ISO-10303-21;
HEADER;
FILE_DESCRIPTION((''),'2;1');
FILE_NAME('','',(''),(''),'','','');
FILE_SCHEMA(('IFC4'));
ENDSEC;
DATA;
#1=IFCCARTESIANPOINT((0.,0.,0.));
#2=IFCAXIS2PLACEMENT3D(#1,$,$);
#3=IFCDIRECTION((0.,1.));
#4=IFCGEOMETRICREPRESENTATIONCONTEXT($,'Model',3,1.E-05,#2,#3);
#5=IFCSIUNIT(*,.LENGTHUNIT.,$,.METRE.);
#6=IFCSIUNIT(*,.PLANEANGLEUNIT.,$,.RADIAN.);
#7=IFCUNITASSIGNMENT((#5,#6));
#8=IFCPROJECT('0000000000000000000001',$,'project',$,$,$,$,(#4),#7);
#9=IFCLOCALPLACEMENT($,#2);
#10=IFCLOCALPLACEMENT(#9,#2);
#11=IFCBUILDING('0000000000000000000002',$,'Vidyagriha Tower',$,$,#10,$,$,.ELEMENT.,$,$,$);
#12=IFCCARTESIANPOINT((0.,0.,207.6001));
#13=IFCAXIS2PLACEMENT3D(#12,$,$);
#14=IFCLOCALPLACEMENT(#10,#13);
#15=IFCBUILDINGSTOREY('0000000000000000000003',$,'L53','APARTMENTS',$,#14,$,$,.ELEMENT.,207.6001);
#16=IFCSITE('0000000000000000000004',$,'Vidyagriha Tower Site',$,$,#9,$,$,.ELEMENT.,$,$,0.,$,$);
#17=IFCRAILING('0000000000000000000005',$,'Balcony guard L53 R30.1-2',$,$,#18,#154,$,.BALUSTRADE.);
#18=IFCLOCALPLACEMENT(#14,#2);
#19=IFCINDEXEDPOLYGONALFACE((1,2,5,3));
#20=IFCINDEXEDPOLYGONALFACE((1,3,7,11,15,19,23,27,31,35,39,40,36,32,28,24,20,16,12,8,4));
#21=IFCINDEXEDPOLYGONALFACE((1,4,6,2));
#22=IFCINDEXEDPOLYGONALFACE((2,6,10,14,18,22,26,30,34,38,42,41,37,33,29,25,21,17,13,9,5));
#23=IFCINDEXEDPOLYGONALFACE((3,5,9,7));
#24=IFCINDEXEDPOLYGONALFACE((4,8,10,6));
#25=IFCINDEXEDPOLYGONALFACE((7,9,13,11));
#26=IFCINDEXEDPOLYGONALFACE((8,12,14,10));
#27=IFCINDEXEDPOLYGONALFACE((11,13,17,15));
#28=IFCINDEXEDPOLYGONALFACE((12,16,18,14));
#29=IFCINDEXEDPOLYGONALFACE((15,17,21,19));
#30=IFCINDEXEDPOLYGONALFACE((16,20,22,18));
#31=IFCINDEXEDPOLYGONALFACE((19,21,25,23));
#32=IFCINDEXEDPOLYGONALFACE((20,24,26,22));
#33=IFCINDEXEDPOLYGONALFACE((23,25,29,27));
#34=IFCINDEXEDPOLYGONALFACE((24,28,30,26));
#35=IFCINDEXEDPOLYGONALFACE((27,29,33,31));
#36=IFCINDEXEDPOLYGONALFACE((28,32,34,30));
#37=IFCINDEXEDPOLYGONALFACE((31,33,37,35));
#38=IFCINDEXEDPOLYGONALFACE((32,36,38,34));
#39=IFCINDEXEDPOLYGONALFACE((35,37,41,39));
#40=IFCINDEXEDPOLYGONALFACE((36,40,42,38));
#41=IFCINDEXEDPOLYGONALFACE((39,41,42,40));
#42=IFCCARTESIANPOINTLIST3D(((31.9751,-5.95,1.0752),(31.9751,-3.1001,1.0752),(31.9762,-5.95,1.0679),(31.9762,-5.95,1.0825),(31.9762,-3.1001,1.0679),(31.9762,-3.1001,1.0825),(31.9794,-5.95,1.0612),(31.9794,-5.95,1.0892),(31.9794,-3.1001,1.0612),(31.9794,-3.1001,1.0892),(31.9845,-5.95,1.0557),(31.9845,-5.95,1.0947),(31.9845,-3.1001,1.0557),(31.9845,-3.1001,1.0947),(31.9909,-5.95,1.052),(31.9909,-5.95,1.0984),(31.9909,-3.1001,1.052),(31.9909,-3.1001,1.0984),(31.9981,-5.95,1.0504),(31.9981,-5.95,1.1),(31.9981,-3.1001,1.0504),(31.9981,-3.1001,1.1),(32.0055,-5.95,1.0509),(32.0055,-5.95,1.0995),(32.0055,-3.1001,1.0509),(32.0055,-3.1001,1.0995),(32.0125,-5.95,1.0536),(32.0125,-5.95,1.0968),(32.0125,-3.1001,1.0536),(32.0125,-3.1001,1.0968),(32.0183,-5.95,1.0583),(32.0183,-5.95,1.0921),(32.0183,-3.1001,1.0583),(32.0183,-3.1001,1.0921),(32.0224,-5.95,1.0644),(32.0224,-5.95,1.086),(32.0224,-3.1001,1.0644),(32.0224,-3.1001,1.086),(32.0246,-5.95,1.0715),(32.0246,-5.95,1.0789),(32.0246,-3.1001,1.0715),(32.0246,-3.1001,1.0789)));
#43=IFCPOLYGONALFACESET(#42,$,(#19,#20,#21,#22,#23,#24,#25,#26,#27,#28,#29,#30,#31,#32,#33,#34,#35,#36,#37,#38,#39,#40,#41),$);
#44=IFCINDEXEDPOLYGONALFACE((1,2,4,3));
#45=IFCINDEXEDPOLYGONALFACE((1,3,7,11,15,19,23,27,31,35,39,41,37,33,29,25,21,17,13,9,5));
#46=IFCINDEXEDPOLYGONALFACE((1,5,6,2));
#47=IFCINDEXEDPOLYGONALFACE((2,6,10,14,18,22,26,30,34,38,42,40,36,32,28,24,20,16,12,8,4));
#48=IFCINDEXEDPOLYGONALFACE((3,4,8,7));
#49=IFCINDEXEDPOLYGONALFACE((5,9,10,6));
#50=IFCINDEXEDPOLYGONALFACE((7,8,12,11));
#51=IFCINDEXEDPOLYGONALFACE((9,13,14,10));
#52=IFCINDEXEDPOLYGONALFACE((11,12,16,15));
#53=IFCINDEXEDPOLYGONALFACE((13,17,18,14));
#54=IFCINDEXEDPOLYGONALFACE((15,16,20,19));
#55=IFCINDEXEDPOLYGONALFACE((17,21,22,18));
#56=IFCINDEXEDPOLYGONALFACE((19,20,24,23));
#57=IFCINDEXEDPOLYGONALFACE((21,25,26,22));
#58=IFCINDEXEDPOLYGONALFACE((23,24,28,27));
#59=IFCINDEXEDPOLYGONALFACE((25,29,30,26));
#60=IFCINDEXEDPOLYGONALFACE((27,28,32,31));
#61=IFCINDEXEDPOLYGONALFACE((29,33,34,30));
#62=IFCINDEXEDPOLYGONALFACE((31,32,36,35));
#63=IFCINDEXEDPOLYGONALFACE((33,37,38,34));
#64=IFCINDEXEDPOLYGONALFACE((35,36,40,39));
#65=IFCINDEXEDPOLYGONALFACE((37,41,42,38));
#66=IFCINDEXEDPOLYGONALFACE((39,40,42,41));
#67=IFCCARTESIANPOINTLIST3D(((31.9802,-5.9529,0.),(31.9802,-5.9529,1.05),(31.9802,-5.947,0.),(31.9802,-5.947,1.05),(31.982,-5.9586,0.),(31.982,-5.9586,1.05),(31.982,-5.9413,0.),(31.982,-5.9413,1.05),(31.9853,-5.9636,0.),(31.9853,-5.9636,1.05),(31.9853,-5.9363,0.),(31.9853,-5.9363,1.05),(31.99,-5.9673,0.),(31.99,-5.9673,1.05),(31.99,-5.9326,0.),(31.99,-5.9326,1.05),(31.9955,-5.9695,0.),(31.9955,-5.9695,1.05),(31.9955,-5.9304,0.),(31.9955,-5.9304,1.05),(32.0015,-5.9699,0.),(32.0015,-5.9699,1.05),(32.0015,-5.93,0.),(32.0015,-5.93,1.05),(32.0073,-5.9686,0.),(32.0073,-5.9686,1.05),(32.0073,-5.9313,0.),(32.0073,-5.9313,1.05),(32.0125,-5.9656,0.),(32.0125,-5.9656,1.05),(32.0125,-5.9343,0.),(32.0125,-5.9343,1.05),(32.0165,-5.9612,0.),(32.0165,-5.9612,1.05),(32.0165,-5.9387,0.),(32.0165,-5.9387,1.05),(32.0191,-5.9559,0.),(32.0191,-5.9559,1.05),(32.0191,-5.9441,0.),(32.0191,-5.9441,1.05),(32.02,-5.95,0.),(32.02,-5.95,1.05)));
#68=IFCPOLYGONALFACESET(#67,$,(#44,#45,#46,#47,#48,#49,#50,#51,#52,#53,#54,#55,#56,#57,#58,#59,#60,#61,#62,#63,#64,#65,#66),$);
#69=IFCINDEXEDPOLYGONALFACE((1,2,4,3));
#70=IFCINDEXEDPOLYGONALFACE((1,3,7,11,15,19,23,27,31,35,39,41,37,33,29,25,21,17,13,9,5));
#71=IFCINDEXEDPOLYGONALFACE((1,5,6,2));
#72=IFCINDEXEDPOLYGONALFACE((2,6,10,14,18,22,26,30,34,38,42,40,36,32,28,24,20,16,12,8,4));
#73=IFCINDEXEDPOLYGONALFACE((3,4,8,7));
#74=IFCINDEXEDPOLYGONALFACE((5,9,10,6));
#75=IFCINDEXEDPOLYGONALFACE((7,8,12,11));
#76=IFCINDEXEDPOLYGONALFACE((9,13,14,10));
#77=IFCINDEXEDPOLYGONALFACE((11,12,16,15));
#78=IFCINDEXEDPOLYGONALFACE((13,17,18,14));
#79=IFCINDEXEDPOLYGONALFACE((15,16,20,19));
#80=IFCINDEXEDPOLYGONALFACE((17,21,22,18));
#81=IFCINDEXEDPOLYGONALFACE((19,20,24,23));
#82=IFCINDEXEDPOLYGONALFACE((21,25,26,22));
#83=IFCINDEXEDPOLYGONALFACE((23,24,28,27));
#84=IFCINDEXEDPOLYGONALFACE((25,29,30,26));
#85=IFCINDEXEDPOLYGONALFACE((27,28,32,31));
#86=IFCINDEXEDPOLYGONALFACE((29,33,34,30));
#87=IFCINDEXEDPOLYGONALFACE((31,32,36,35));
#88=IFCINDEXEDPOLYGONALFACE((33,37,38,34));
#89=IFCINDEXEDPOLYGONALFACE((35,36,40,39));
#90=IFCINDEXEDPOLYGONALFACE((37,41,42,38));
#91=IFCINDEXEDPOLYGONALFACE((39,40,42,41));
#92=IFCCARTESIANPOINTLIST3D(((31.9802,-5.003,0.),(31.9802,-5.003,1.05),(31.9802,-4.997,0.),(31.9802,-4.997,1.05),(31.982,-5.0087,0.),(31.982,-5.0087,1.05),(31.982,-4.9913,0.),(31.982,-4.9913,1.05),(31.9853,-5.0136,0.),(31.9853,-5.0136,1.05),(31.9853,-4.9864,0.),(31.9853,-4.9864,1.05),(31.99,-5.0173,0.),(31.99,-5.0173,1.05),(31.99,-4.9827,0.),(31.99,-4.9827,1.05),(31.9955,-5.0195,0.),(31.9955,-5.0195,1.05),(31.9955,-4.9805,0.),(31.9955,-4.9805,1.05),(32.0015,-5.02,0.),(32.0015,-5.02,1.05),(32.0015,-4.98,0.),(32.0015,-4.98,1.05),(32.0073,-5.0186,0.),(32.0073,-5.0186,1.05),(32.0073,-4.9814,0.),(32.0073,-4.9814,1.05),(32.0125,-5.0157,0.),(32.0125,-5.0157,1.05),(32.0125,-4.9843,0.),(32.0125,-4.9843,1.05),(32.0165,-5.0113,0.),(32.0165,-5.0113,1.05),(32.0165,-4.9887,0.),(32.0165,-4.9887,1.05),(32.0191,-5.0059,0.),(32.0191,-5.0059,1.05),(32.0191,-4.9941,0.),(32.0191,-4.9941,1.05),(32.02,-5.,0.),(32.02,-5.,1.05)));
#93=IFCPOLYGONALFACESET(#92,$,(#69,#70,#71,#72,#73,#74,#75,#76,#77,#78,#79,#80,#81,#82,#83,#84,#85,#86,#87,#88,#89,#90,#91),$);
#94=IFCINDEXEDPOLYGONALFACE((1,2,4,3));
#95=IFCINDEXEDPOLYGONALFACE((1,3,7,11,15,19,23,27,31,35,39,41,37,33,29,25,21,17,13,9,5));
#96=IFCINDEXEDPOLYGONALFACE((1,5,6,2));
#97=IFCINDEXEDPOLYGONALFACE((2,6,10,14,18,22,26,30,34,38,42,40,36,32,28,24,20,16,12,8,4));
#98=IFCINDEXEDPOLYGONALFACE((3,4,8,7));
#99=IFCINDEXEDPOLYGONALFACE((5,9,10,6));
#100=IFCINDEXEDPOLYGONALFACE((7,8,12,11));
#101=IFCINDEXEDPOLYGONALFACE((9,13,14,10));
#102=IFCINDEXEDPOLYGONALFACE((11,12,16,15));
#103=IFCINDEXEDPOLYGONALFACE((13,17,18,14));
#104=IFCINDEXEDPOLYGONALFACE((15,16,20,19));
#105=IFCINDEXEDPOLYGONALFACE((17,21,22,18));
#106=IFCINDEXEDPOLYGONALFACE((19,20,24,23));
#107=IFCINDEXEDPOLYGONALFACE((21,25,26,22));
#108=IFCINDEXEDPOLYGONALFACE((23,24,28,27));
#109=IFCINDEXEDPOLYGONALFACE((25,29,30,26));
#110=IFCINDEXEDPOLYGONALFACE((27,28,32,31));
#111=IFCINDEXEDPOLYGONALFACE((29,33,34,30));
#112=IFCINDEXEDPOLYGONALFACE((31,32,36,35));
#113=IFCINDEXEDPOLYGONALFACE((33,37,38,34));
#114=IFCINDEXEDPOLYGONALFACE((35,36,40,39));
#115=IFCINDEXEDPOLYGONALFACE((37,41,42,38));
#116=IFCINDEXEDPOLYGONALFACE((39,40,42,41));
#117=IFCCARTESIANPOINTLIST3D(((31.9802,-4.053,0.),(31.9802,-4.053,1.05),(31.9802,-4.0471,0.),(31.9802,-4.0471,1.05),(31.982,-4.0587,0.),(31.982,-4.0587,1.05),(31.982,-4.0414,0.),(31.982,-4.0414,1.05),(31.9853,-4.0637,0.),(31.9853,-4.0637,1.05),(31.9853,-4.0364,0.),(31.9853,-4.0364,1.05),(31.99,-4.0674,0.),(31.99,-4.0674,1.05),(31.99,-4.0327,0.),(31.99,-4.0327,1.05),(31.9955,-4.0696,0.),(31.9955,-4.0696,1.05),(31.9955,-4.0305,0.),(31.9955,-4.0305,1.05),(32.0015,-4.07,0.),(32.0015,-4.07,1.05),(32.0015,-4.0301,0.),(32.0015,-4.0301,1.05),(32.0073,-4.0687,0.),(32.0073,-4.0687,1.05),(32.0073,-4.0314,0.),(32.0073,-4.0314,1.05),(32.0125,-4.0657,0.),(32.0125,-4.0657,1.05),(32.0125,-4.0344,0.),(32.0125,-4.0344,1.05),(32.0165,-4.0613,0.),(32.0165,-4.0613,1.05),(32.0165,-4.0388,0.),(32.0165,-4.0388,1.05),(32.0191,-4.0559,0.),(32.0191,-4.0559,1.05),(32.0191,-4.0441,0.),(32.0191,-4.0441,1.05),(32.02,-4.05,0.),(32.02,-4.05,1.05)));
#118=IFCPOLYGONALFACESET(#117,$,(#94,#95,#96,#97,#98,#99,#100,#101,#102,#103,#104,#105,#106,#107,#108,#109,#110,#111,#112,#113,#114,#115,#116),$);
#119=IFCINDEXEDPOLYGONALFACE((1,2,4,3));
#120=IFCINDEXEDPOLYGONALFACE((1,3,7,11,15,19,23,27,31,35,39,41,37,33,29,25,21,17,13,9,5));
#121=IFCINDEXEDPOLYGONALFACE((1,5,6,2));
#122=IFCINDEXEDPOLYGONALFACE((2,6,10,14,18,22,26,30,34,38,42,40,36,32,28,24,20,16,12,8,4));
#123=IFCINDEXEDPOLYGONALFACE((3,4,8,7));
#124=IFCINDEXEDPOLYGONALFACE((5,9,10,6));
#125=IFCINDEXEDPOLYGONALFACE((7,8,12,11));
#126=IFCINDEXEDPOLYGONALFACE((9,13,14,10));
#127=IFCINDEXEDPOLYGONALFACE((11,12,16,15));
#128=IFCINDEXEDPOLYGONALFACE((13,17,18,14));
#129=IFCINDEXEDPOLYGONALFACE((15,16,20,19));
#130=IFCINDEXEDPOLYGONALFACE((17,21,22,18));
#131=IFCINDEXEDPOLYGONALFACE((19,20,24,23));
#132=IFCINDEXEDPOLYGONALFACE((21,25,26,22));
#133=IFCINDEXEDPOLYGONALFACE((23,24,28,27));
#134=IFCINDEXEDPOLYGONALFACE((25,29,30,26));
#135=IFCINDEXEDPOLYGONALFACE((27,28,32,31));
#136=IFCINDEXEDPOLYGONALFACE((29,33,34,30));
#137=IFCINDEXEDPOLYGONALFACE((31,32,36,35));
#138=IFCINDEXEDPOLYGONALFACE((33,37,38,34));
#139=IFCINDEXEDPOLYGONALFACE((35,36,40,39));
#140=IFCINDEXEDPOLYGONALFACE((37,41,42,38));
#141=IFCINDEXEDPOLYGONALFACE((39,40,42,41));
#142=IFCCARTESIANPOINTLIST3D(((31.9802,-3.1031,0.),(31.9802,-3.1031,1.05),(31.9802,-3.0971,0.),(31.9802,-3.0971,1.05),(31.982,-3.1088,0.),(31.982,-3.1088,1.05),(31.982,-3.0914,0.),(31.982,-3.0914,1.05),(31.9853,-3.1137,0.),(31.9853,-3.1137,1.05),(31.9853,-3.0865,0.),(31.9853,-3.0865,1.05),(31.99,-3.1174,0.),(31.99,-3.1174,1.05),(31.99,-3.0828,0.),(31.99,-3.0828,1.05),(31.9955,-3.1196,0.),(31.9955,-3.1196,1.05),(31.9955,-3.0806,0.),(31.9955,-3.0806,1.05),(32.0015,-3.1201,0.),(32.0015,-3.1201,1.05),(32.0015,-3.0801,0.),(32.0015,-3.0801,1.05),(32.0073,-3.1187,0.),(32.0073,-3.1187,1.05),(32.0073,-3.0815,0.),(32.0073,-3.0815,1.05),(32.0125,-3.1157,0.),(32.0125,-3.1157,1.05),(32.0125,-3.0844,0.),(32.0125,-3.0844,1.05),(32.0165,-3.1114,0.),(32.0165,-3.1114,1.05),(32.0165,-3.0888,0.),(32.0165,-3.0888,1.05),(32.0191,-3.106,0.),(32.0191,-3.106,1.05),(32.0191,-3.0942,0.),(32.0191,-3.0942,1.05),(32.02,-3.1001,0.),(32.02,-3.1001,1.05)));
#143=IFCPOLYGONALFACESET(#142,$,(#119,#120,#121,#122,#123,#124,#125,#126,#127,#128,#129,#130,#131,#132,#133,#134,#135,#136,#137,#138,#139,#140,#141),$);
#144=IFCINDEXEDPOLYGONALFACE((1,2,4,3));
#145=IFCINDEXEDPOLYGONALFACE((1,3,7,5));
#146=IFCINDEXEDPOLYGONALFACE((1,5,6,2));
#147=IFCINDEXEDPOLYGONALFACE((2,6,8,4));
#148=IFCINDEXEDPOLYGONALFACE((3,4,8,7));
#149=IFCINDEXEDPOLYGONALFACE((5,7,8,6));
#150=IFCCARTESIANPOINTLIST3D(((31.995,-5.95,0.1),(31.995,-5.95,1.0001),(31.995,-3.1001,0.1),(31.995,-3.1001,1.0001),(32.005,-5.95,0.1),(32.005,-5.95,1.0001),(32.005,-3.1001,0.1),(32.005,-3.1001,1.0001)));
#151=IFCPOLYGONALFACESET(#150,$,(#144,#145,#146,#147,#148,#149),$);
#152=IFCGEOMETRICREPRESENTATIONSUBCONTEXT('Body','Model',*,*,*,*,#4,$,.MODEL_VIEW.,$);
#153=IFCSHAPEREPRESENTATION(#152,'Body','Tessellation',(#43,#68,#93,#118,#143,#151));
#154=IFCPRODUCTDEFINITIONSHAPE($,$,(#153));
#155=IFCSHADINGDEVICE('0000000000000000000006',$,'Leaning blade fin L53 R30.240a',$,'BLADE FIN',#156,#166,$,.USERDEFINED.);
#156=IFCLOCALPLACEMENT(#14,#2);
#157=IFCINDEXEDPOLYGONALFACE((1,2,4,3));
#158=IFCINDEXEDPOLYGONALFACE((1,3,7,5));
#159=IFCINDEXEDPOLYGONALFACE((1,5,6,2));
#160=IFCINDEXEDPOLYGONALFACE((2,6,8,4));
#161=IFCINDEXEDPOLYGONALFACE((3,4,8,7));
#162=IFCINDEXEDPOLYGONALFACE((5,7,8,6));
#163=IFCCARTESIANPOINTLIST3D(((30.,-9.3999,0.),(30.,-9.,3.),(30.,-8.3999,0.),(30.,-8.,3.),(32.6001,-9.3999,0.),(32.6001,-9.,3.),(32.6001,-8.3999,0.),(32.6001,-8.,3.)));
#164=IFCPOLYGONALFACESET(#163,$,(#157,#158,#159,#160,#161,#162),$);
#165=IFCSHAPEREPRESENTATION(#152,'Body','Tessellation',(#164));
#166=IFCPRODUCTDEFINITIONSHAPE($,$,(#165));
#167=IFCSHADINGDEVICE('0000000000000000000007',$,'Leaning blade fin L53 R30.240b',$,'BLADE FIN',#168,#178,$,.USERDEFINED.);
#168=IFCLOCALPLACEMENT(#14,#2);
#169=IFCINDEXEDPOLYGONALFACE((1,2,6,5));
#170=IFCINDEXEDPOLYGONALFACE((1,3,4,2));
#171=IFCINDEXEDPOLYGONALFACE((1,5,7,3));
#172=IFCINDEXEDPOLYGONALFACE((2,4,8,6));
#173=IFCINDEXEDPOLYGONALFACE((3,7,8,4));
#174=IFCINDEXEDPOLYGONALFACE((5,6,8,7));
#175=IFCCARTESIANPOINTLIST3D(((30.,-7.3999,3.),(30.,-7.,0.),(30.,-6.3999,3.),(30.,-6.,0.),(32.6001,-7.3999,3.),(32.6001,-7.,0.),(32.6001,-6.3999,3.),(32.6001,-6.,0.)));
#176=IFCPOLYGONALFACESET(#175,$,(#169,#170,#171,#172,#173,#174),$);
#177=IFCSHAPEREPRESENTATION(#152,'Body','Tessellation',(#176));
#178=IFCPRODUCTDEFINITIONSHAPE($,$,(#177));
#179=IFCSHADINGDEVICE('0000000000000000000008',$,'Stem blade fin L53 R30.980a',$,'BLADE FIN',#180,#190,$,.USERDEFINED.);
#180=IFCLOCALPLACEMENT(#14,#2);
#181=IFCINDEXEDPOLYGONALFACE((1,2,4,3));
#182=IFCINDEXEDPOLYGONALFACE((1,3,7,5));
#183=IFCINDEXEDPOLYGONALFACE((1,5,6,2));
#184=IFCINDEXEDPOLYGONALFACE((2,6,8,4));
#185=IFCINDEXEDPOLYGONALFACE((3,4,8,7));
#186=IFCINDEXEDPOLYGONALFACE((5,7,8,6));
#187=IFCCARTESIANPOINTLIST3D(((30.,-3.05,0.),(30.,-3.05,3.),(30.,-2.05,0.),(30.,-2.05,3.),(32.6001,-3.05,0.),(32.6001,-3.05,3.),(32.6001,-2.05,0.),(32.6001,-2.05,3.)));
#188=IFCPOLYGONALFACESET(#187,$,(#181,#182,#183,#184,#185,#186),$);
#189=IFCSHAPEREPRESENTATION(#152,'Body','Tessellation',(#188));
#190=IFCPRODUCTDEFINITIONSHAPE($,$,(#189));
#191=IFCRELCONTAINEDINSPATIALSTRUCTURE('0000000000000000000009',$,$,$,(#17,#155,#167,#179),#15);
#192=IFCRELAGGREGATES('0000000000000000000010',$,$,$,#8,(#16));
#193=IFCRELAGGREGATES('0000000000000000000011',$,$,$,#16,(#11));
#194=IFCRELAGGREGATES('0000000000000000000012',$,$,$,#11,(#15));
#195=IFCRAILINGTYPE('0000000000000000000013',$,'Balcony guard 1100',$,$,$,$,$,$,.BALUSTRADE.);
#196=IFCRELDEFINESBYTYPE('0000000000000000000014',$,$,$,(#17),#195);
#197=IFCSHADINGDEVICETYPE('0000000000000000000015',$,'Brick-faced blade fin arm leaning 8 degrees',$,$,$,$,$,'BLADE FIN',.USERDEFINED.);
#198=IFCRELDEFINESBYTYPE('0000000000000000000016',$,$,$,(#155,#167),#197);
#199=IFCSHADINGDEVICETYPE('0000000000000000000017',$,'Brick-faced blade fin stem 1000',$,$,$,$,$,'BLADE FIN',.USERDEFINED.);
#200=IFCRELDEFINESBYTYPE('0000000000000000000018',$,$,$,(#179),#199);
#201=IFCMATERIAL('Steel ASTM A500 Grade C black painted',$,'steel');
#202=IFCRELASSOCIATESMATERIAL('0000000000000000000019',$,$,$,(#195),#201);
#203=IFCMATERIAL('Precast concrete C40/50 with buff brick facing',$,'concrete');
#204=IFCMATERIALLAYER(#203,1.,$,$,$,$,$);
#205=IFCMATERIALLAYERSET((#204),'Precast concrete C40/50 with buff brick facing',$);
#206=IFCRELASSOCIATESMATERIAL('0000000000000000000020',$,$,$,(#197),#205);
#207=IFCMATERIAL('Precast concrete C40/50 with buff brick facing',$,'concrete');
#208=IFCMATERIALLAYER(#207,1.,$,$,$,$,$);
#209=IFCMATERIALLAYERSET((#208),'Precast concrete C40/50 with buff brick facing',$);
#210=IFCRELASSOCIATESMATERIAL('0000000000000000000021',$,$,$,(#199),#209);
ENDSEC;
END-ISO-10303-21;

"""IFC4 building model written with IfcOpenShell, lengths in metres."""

from ifc_helpers import new_model, si_unit, direction, frame, origin, origin_2d, place, context, subcontext, project, spatial, polyline, rectangle, circle, outline, extrude, material, layer, layer_set, type_object, element, save


model = new_model("IFC4")

# Units and contexts
model_context = context("Model", 3, precision=1e-05, world=origin(), true_north=direction((0.0, 1.0)))
body_context = subcontext(model_context, "Body", "Model", "MODEL_VIEW")
ifc_project = project(units=[si_unit("LENGTHUNIT", "METRE"), si_unit("PLANEANGLEUNIT", "RADIAN")], contexts=[model_context])

# Site, building, storey
site_placement = place(None, origin())
site = spatial("IfcSite", under=ifc_project, at=site_placement, Name="Vidyagriha Tower Site", CompositionType="ELEMENT", RefElevation=0.0)
building_placement = place(site_placement, origin())
building = spatial("IfcBuilding", under=site, at=building_placement, Name="Vidyagriha Tower", CompositionType="ELEMENT")
storey_placement = place(building_placement, frame((0.0, 0.0, 207.6001)))
storey = spatial("IfcBuildingStorey", under=building, at=storey_placement, Name="L53", Description="APARTMENTS", CompositionType="ELEMENT", Elevation=207.6001)

# Railing
ifc_material_1 = material(Name="Steel ASTM A500 Grade C black painted", Category="steel")
railing_type = type_object("IfcRailingType", Name="Balcony guard 1100", PredefinedType="BALUSTRADE", material=ifc_material_1)
railing_1_placement = place(storey_placement, frame((32.0, -5.95, 0.0)))
element("IfcRailing", 1, at=railing_1_placement, inside=storey, type_object=railing_type, Name="Balcony guard L53 R30.1-2", PredefinedType="BALUSTRADE", context=body_context, shape_type="SweptSolid", body=[
    extrude(circle(Radius=0.0249, at=origin_2d()), frame((0.0, 0.0, 1.0752), z_axis=(0.0, 1.0, 0.0), x_axis=(-1.0, 0.0, 0.0)), (0.0, 0.0, 1.0), 2.8499),
    extrude(circle(Radius=0.02, at=origin_2d()), origin(), (0.0, 0.0, 1.0), 1.05),
    extrude(circle(Radius=0.02, at=origin_2d()), frame((0.0, 0.95, 0.0)), (0.0, 0.0, 1.0), 1.05),
    extrude(circle(Radius=0.02, at=origin_2d()), frame((0.0, 1.8999, 0.0)), (0.0, 0.0, 1.0), 1.05),
    extrude(circle(Radius=0.02, at=origin_2d()), frame((0.0, 2.8499, 0.0)), (0.0, 0.0, 1.0), 1.05),
    extrude(rectangle(XDim=0.01, YDim=0.9001, at=origin_2d()), frame((0.0, 0.0, 0.55), z_axis=(0.0, 1.0, 0.0), x_axis=(-1.0, 0.0, 0.0)), (0.0, 0.0, 1.0), 2.8499),
])

# Shading devices
ifc_material_2 = material(Name="Precast concrete C40/50 with buff brick facing", Category="concrete")
ifc_layer_1 = layer(ifc_material_2, 1.0)
ifc_layer_set_1 = layer_set([ifc_layer_1], Name="Precast concrete C40/50 with buff brick facing")
shading_device_type_1 = type_object("IfcShadingDeviceType", Name="Brick-faced blade fin arm leaning 8 degrees", ElementType="BLADE FIN", PredefinedType="USERDEFINED", material=ifc_layer_set_1)
shading_device_1_placement = place(storey_placement, frame((31.3, -9.3999, 0.0), z_axis=(0.0, 0.0, 1.0), x_axis=(0.0, 1.0, 0.0)))
element("IfcShadingDevice", 2, at=shading_device_1_placement, inside=storey, type_object=shading_device_type_1, Name="Leaning blade fin L53 R30.240a", ObjectType="BLADE FIN", PredefinedType="USERDEFINED", context=body_context, shape_type="SweptSolid", body=[
    extrude(outline(polyline([(0.0, 0.0), (1.0, 0.0), (1.3999, 3.0), (0.3999, 3.0), (0.0, 0.0)])), frame((0.0, 1.3, 0.0), z_axis=(0.0, -1.0, 0.0), x_axis=(1.0, 0.0, 0.0)), (0.0, 0.0, 1.0), 2.6001),
])
shading_device_2_placement = place(storey_placement, frame((31.3, -7.3999, 0.0), z_axis=(0.0, 0.0, 1.0), x_axis=(0.0, 1.0, 0.0)))
element("IfcShadingDevice", 3, at=shading_device_2_placement, inside=storey, type_object=shading_device_type_1, Name="Leaning blade fin L53 R30.240b", ObjectType="BLADE FIN", PredefinedType="USERDEFINED", context=body_context, shape_type="SweptSolid", body=[
    extrude(outline(polyline([(0.3999, 0.0), (1.3999, 0.0), (1.0, 3.0), (0.0, 3.0), (0.3999, 0.0)])), frame((0.0, 1.3, 0.0), z_axis=(0.0, -1.0, 0.0), x_axis=(1.0, 0.0, 0.0)), (0.0, 0.0, 1.0), 2.6001),
])
ifc_material_3 = material(Name="Precast concrete C40/50 with buff brick facing", Category="concrete")
ifc_layer_2 = layer(ifc_material_3, 1.0)
ifc_layer_set_2 = layer_set([ifc_layer_2], Name="Precast concrete C40/50 with buff brick facing")
shading_device_type_2 = type_object("IfcShadingDeviceType", Name="Brick-faced blade fin stem 1000", ElementType="BLADE FIN", PredefinedType="USERDEFINED", material=ifc_layer_set_2)
shading_device_3_placement = place(storey_placement, frame((31.3, -3.05, 0.0), z_axis=(0.0, 0.0, 1.0), x_axis=(0.0, 1.0, 0.0)))
element("IfcShadingDevice", 4, at=shading_device_3_placement, inside=storey, type_object=shading_device_type_2, Name="Stem blade fin L53 R30.980a", ObjectType="BLADE FIN", PredefinedType="USERDEFINED", context=body_context, shape_type="SweptSolid", body=[
    extrude(outline(polyline([(0.0, 0.0), (1.0, 0.0), (1.0, 3.0), (0.0, 3.0), (0.0, 0.0)])), frame((0.0, 1.3, 0.0), z_axis=(0.0, -1.0, 0.0), x_axis=(1.0, 0.0, 0.0)), (0.0, 0.0, 1.0), 2.6001),
])

save(model, "model.ifc")
